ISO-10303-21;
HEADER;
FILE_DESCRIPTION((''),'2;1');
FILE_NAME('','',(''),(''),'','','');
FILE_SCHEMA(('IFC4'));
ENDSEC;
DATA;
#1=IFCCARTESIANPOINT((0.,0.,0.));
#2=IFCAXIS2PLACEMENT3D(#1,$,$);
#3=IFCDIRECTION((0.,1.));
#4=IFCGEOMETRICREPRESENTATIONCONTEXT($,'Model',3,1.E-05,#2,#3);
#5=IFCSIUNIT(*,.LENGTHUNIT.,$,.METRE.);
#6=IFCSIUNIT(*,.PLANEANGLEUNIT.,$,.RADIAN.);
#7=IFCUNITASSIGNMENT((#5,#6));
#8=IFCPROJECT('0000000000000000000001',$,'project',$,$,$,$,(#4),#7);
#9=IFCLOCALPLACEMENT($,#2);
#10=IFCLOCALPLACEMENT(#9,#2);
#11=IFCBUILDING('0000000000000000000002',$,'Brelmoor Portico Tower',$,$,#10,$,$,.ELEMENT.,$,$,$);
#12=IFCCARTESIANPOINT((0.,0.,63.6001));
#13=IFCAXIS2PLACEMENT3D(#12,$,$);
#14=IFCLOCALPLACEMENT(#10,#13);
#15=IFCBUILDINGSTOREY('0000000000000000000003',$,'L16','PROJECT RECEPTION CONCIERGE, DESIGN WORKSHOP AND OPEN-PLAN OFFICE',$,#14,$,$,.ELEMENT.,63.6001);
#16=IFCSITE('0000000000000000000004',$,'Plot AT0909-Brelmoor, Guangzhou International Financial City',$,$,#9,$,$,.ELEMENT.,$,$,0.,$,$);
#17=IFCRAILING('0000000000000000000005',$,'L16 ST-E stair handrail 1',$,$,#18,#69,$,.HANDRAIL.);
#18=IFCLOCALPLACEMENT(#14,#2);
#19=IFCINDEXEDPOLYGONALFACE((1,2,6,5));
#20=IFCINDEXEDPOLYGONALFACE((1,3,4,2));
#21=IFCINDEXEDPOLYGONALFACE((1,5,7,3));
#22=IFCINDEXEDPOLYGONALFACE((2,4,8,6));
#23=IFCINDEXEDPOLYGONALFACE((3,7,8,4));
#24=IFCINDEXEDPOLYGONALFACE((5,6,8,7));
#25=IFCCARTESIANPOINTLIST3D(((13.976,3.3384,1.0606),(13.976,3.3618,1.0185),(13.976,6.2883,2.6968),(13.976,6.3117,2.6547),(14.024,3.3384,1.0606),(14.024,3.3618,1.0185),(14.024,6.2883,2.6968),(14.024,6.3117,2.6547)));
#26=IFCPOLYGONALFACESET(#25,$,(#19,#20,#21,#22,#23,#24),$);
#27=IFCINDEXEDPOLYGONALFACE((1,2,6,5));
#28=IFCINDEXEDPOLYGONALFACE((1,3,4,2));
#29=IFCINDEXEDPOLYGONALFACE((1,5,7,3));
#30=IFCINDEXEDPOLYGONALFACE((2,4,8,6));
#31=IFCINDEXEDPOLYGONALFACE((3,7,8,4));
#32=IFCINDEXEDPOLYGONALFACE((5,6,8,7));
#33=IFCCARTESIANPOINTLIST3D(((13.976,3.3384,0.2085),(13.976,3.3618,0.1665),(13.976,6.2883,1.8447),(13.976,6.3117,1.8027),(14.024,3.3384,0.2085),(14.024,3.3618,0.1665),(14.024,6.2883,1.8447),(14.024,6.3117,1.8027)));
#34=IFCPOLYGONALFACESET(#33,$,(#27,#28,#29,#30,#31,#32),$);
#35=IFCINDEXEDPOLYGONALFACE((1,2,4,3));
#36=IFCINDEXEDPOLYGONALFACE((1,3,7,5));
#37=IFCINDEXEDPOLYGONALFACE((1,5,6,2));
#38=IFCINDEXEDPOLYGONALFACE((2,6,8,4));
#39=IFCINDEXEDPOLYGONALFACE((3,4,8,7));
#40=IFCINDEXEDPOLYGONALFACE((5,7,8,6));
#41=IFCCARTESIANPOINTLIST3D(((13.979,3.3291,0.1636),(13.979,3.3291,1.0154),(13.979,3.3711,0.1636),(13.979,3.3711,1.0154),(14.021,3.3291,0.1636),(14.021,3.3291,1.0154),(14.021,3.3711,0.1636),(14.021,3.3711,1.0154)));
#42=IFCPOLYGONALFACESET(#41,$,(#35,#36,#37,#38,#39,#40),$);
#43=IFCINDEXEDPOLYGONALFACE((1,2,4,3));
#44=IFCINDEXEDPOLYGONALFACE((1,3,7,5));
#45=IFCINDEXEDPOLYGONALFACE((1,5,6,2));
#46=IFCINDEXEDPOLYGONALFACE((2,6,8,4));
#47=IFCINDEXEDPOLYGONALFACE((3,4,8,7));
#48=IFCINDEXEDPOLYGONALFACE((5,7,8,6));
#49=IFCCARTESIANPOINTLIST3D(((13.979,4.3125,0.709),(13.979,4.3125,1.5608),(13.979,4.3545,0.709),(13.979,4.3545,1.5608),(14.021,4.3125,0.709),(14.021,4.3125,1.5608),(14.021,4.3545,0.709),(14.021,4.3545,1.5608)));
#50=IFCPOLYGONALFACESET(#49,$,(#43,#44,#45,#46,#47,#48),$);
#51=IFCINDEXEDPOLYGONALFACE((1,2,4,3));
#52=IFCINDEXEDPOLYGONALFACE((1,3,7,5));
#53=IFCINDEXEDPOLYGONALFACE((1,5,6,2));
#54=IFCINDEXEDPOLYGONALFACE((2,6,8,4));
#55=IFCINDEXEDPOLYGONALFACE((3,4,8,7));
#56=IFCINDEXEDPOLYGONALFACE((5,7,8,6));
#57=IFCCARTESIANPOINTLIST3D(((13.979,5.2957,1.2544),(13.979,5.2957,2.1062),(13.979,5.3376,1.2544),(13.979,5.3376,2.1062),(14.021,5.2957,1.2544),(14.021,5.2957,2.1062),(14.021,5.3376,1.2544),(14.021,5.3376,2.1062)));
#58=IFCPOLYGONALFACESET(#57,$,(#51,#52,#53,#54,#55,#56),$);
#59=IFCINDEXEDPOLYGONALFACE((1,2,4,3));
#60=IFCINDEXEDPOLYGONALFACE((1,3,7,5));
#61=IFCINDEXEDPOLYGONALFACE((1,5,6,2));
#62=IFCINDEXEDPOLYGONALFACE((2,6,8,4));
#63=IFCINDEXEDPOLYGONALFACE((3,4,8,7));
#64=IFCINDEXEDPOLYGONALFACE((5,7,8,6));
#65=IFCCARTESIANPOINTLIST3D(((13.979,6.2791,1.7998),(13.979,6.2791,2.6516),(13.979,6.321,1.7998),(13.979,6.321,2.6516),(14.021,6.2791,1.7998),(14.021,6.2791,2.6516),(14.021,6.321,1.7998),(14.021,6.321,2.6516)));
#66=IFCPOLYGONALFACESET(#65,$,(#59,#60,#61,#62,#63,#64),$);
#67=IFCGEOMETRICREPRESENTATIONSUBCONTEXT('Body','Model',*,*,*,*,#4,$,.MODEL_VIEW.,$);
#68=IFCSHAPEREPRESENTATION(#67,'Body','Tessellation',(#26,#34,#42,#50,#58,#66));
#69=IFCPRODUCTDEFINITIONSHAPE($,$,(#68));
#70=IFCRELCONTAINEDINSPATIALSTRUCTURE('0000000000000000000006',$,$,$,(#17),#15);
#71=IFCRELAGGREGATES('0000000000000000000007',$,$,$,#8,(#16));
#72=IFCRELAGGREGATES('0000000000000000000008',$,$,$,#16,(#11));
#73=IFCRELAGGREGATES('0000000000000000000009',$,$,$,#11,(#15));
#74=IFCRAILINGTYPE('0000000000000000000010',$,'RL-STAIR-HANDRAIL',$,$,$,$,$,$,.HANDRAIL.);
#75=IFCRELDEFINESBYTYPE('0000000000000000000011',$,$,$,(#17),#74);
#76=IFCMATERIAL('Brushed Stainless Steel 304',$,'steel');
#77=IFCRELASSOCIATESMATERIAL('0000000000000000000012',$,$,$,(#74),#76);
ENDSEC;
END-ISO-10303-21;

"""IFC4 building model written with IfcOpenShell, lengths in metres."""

from ifc_helpers import new_model, si_unit, direction, frame, origin, origin_2d, place, context, subcontext, project, spatial, rectangle, extrude, material, type_object, element, save


model = new_model("IFC4")

# Units and contexts
model_context = context("Model", 3, precision=1e-05, world=origin(), true_north=direction((0.0, 1.0)))
body_context = subcontext(model_context, "Body", "Model", "MODEL_VIEW")
ifc_project = project(units=[si_unit("LENGTHUNIT", "METRE"), si_unit("PLANEANGLEUNIT", "RADIAN")], contexts=[model_context])

# Site, building, storey
site_placement = place(None, origin())
site = spatial("IfcSite", under=ifc_project, at=site_placement, Name="Plot AT0909-Brelmoor, Guangzhou International Financial City", CompositionType="ELEMENT", RefElevation=0.0)
building_placement = place(site_placement, origin())
building = spatial("IfcBuilding", under=site, at=building_placement, Name="Brelmoor Portico Tower", CompositionType="ELEMENT")
storey_placement = place(building_placement, frame((0.0, 0.0, 63.6001)))
storey = spatial("IfcBuildingStorey", under=building, at=storey_placement, Name="L16", Description="PROJECT RECEPTION CONCIERGE, DESIGN WORKSHOP AND OPEN-PLAN OFFICE", CompositionType="ELEMENT", Elevation=63.6001)

# Railing
ifc_material_1 = material(Name="Brushed Stainless Steel 304", Category="steel")
railing_type_1 = type_object("IfcRailingType", Name="RL-STAIR-HANDRAIL", PredefinedType="HANDRAIL", material=ifc_material_1)
railing_1_placement = place(storey_placement, frame((14.0, 3.3501, 0.1636)))
element("IfcRailing", 1, at=railing_1_placement, inside=storey, type_object=railing_type_1, Name="L16 ST-E stair handrail 1", PredefinedType="HANDRAIL", context=body_context, shape_type="SweptSolid", body=[
    extrude(rectangle(XDim=0.0481, YDim=0.0481, at=origin_2d()), frame((0.0, 0.0, 0.876), z_axis=(0.0, 0.874488, 0.485047), x_axis=(-1.0, 0.0, 0.0)), (0.0, 0.0, 1.0), 3.3733),
    extrude(rectangle(XDim=0.0481, YDim=0.0481, at=origin_2d()), frame((0.0, 0.0, 0.0239), z_axis=(0.0, 0.874488, 0.485047), x_axis=(-1.0, 0.0, 0.0)), (0.0, 0.0, 1.0), 3.3733),
    extrude(rectangle(XDim=0.042, YDim=0.042, at=origin_2d()), origin(), (0.0, 0.0, 1.0), 0.8518),
    extrude(rectangle(XDim=0.042, YDim=0.042, at=origin_2d()), frame((0.0, 0.9834, 0.5454)), (0.0, 0.0, 1.0), 0.8518),
    extrude(rectangle(XDim=0.042, YDim=0.042, at=origin_2d()), frame((0.0, 1.9666, 1.0908)), (0.0, 0.0, 1.0), 0.8518),
    extrude(rectangle(XDim=0.042, YDim=0.042, at=origin_2d()), frame((0.0, 2.95, 1.6362)), (0.0, 0.0, 1.0), 0.8518),
])

save(model, "model.ifc")
